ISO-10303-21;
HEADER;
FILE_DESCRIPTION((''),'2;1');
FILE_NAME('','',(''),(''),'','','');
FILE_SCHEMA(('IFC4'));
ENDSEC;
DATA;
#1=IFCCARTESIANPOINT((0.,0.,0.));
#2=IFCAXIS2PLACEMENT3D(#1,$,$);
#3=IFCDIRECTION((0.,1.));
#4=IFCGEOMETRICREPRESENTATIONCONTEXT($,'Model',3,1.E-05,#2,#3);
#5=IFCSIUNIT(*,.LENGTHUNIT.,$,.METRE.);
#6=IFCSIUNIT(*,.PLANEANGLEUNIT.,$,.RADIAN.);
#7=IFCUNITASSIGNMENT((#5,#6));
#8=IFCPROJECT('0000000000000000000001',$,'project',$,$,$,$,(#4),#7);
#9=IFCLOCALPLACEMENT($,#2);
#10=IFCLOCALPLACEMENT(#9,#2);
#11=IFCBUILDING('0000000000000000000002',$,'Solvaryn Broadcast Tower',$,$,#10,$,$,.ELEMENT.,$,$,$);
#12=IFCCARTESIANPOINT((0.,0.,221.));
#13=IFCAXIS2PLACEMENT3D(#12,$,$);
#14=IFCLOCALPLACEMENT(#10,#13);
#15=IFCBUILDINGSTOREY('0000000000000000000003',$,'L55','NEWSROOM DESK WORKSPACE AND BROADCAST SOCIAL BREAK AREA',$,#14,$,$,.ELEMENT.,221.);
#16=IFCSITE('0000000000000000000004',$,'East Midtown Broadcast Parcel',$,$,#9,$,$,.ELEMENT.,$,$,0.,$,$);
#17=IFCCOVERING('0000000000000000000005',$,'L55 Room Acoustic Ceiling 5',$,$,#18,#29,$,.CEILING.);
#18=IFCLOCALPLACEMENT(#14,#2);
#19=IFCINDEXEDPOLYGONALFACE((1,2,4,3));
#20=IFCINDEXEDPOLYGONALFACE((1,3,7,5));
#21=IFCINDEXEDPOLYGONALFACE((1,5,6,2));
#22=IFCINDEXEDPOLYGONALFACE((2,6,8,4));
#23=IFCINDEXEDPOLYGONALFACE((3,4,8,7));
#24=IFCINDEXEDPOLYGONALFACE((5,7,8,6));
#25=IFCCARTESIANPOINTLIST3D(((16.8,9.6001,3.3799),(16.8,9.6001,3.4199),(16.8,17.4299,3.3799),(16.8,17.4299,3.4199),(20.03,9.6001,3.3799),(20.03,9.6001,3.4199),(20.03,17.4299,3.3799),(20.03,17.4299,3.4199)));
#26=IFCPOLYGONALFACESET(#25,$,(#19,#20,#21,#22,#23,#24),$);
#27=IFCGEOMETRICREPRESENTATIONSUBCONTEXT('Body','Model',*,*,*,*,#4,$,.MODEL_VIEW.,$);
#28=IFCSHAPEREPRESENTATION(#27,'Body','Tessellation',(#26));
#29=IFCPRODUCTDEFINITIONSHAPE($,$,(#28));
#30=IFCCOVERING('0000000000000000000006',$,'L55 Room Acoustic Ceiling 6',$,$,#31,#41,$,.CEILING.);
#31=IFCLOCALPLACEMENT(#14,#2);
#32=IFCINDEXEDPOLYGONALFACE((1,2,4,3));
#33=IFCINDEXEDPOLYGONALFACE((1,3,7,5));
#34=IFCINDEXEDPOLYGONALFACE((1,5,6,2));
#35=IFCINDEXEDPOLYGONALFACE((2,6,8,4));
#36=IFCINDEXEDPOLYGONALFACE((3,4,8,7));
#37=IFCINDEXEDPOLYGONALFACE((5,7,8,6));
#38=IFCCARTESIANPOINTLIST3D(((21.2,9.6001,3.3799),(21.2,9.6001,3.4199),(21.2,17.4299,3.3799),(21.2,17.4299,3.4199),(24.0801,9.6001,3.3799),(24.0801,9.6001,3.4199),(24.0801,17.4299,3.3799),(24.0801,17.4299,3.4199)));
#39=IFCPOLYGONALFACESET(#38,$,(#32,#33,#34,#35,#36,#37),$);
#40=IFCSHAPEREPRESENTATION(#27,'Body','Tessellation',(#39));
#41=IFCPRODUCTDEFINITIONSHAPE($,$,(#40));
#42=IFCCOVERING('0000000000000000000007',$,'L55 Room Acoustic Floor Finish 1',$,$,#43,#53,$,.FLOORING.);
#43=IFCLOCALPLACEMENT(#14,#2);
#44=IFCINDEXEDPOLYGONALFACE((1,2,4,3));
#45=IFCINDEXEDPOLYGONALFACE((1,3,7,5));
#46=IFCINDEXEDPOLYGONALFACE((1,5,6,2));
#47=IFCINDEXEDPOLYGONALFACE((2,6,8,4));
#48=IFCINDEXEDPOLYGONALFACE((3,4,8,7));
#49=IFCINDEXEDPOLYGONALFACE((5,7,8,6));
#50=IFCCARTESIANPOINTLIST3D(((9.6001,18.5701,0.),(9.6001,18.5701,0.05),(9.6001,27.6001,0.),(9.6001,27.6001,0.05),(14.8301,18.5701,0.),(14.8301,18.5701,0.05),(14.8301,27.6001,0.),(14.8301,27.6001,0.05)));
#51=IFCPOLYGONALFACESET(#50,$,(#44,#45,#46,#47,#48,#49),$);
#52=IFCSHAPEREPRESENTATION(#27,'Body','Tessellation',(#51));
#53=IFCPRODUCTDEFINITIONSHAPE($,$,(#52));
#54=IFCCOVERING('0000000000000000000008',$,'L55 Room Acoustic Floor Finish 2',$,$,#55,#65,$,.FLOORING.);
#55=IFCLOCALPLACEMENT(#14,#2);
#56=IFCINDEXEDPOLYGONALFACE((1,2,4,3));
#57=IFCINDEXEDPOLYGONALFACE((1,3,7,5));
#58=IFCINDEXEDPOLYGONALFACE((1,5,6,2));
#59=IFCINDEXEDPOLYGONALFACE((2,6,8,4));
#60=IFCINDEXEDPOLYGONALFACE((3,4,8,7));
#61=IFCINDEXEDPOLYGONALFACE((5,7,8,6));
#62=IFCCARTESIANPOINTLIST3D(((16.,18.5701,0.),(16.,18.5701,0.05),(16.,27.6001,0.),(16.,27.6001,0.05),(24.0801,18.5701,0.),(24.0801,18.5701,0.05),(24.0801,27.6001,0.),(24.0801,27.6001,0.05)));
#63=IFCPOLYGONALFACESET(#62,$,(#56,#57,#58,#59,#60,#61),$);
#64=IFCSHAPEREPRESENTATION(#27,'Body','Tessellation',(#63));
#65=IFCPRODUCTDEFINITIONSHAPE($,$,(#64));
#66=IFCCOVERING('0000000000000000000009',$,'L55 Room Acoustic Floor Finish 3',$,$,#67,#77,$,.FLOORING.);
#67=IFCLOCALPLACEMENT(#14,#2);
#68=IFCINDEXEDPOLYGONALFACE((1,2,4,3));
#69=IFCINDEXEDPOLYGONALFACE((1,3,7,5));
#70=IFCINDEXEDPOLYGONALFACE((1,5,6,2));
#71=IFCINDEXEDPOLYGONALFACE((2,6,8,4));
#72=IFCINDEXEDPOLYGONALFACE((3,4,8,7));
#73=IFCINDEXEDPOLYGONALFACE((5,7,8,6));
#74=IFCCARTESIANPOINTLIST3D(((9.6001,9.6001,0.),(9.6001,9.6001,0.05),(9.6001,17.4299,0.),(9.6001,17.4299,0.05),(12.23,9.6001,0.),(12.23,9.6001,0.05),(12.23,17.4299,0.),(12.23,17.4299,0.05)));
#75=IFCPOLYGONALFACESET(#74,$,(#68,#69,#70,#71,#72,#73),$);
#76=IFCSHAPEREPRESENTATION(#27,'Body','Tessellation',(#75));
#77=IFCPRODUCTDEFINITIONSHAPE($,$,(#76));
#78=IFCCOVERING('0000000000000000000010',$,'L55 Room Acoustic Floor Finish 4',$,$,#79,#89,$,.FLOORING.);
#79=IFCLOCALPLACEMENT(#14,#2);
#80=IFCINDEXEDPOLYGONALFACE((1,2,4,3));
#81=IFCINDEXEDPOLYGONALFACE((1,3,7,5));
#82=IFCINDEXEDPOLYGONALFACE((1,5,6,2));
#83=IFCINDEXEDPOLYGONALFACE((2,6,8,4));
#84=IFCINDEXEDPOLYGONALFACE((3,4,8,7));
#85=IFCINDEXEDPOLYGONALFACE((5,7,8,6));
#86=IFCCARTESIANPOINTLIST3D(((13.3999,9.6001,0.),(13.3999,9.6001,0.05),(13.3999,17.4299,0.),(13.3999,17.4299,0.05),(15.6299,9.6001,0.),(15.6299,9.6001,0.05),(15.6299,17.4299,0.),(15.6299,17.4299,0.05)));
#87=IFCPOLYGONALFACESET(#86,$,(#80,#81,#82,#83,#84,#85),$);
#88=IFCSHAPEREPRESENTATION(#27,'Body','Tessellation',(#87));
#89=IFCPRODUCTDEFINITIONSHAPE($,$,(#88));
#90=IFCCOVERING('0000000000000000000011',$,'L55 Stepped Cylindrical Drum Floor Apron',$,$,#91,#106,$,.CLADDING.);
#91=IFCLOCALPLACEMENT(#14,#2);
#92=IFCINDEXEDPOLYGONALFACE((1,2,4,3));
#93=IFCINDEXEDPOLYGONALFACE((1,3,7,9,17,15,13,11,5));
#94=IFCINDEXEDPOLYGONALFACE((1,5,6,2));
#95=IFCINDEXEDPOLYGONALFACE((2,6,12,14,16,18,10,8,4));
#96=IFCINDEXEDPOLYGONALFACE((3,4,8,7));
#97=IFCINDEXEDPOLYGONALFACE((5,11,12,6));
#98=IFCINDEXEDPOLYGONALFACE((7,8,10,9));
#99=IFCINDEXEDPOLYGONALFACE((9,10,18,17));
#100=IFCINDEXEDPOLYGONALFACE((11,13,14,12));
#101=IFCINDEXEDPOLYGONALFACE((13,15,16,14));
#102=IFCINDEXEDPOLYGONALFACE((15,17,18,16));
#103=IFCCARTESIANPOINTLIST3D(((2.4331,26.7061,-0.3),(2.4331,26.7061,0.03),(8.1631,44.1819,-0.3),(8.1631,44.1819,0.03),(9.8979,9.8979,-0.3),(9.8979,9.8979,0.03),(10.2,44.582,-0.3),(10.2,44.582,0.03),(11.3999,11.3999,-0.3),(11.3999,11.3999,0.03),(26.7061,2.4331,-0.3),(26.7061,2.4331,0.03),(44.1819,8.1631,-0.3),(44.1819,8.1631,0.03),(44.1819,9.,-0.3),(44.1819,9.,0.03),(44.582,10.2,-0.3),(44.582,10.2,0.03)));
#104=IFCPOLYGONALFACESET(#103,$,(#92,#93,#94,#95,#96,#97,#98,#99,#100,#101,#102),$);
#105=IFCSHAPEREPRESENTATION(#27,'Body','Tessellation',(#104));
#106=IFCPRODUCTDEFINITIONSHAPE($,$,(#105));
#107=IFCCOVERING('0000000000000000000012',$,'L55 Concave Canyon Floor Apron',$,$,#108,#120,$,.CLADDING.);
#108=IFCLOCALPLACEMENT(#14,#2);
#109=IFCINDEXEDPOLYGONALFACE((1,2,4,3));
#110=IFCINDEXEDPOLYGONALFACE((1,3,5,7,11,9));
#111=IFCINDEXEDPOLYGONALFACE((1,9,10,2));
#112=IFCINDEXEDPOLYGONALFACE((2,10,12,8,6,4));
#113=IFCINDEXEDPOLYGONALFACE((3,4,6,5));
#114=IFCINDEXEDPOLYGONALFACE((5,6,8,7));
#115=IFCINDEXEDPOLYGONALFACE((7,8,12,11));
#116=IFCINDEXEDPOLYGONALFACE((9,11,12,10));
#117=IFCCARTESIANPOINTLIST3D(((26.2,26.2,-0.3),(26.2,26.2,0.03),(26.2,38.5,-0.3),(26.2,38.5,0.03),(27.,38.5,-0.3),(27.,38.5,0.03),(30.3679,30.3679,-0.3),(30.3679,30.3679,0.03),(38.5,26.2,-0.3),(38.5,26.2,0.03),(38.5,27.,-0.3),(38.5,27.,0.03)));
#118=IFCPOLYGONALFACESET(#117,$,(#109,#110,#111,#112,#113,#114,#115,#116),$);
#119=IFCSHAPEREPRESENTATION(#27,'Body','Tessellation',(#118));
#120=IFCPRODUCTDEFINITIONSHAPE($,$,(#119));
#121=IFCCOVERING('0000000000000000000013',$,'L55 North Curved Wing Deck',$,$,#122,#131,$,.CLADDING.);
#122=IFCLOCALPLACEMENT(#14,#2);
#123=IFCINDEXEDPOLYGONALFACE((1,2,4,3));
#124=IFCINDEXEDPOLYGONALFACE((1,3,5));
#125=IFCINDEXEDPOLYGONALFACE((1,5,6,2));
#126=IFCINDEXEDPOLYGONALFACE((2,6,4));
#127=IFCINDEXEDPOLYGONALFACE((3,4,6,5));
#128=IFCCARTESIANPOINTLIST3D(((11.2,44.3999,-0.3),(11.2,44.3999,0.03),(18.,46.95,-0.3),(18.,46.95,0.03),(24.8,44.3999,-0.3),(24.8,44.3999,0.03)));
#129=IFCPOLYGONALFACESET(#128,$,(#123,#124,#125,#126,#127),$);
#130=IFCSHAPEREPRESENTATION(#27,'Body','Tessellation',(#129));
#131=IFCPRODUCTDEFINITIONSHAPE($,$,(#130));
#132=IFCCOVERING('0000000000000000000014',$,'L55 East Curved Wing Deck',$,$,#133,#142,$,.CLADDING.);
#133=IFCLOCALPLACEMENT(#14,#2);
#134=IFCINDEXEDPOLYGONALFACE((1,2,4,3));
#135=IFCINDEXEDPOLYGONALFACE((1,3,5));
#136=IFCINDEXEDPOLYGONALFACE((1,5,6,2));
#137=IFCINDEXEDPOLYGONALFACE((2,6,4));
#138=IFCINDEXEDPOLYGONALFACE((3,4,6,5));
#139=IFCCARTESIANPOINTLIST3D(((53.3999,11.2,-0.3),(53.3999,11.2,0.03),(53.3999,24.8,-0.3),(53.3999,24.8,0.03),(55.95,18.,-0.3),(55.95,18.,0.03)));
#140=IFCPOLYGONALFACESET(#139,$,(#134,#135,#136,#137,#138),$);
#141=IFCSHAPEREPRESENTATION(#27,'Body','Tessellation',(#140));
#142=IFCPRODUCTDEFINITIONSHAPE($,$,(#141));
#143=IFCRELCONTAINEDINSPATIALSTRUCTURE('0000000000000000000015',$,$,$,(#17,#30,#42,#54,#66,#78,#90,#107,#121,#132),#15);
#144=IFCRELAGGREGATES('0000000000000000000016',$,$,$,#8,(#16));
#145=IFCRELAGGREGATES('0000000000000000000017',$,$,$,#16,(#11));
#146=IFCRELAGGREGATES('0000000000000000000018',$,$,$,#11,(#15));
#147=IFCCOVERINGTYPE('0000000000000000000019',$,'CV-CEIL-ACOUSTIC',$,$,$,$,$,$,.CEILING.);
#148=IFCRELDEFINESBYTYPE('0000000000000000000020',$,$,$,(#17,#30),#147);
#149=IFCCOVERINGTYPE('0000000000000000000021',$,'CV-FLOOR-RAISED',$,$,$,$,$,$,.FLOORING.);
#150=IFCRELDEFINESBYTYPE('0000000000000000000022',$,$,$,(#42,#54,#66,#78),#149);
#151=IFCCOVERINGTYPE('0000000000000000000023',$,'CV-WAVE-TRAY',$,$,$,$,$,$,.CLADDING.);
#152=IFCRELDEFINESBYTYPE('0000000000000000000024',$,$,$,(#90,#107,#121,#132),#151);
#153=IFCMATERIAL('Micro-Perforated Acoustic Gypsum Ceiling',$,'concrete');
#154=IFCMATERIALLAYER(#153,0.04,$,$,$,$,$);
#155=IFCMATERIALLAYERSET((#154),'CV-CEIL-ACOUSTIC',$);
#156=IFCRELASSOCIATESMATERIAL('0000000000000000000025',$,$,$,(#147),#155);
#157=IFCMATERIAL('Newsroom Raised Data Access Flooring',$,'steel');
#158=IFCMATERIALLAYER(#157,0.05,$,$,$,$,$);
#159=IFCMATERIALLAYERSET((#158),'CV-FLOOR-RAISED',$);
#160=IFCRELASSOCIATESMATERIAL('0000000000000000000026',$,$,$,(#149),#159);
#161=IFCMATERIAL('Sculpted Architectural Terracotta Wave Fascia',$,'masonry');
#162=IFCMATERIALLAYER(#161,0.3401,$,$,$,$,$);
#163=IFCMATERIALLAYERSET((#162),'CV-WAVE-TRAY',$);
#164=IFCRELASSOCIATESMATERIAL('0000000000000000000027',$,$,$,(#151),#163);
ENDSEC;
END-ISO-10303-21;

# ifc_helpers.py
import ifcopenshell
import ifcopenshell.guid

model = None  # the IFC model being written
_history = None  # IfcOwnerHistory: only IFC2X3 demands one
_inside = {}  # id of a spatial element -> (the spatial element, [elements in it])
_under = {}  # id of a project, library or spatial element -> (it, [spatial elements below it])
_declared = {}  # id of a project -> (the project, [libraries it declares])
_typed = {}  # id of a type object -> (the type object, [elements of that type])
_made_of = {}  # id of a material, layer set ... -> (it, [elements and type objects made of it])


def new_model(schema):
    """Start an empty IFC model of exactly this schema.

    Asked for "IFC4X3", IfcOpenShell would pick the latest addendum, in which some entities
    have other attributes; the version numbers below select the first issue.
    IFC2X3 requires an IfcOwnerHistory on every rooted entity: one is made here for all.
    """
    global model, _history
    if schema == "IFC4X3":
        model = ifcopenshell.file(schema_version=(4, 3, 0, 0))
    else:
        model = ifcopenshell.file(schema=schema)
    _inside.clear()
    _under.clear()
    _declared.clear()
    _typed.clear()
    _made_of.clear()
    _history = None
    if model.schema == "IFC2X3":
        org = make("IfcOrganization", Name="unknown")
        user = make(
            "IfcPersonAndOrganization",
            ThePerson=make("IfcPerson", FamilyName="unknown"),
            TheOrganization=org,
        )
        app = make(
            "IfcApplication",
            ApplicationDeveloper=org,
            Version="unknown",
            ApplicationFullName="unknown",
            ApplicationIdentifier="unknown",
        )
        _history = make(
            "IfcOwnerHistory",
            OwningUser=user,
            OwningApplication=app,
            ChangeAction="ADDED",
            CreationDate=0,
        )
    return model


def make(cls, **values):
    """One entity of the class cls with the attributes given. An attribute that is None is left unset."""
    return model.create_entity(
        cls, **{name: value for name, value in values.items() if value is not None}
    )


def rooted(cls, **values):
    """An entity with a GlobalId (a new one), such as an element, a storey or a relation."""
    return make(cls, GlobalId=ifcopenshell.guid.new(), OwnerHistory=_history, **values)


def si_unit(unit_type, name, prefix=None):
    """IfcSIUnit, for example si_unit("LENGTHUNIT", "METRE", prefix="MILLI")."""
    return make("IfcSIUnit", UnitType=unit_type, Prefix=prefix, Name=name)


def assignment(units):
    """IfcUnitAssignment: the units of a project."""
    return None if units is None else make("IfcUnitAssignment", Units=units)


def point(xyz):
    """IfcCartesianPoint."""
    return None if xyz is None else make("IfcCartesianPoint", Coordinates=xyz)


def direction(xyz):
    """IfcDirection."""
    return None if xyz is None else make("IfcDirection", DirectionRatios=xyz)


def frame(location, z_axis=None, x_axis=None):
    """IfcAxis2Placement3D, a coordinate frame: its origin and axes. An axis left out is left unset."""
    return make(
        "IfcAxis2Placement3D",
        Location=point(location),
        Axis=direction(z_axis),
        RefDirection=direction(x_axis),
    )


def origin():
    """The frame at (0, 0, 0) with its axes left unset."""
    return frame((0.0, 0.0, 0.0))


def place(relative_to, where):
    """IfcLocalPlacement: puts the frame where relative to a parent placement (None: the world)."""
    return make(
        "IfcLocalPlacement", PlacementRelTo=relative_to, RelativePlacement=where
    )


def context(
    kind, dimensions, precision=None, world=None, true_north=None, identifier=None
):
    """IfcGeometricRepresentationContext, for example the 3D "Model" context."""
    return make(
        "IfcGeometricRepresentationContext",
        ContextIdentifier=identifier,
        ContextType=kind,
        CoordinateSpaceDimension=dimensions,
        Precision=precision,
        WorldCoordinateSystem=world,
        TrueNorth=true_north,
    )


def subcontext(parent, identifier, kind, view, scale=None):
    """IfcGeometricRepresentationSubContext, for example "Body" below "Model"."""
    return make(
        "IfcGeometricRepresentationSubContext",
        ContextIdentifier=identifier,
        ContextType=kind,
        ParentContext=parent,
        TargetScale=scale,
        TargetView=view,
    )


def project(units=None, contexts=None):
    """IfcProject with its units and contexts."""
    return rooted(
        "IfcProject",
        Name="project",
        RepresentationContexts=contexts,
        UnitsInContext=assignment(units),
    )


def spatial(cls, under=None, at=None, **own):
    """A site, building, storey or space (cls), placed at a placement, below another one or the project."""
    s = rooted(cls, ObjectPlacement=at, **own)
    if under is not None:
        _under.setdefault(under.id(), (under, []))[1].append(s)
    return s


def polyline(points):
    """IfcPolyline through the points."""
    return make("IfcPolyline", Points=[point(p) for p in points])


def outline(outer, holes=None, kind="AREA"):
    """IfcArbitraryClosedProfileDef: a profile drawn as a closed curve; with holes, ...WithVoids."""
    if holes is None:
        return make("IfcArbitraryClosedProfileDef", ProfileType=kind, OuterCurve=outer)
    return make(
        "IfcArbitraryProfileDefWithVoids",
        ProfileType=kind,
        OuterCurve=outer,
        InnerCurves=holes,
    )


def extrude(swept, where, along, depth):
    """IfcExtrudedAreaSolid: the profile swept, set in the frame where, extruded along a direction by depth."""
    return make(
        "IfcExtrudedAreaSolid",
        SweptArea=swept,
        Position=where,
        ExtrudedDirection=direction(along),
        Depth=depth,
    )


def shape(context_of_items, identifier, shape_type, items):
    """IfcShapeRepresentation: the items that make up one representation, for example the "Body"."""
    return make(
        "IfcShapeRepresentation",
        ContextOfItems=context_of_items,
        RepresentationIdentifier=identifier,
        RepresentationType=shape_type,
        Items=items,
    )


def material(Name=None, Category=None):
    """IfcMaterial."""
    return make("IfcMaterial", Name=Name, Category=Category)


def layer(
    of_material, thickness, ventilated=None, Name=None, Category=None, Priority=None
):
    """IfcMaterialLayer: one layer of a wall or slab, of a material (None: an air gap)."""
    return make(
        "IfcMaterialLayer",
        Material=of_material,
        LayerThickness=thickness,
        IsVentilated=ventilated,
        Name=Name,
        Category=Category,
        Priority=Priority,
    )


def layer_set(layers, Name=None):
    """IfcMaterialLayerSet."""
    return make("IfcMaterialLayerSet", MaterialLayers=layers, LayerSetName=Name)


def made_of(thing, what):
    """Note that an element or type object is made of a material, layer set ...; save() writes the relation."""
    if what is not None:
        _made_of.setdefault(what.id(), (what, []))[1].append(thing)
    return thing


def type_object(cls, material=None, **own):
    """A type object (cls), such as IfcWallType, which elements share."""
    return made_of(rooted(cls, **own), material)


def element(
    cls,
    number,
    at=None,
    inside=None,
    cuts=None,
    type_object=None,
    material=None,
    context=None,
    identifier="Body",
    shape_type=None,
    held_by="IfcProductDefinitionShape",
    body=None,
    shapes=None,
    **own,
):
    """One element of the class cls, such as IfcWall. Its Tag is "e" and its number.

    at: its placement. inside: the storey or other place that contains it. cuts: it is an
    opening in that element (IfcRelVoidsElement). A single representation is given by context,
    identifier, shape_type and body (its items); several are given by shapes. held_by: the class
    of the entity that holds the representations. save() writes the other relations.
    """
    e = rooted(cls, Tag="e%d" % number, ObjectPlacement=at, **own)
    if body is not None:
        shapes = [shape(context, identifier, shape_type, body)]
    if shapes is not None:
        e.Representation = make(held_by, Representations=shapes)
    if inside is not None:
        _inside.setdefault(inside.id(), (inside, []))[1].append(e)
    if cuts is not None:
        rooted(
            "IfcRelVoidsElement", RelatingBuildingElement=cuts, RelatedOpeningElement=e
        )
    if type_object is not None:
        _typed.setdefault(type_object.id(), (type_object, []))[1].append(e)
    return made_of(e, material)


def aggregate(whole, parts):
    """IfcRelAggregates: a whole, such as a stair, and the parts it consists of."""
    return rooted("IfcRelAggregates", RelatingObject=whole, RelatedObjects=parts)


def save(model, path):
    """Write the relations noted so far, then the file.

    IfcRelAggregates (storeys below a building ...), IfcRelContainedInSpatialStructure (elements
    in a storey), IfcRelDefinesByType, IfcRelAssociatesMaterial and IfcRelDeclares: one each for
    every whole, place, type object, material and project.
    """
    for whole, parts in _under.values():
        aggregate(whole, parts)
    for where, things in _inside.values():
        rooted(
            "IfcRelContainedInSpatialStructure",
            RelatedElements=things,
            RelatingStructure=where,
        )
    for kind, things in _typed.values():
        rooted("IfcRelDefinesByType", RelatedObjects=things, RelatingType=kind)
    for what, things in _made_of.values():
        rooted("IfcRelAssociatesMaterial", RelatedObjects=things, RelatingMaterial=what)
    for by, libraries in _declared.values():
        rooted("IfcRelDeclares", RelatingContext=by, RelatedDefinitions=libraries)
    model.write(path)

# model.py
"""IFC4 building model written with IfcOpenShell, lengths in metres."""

from ifc_helpers import new_model, si_unit, direction, frame, origin, place, context, subcontext, project, spatial, polyline, outline, extrude, material, layer, layer_set, type_object, element, save


model = new_model("IFC4")

# Units and contexts
model_context = context("Model", 3, precision=1e-05, world=origin(), true_north=direction((0.0, 1.0)))
body_context = subcontext(model_context, "Body", "Model", "MODEL_VIEW")
ifc_project = project(units=[si_unit("LENGTHUNIT", "METRE"), si_unit("PLANEANGLEUNIT", "RADIAN")], contexts=[model_context])

# Site, building, storey
site_placement = place(None, origin())
site = spatial("IfcSite", under=ifc_project, at=site_placement, Name="East Midtown Broadcast Parcel", CompositionType="ELEMENT", RefElevation=0.0)
building_placement = place(site_placement, origin())
building = spatial("IfcBuilding", under=site, at=building_placement, Name="Solvaryn Broadcast Tower", CompositionType="ELEMENT")
storey_placement = place(building_placement, frame((0.0, 0.0, 221.0)))
storey = spatial("IfcBuildingStorey", under=building, at=storey_placement, Name="L55", Description="NEWSROOM DESK WORKSPACE AND BROADCAST SOCIAL BREAK AREA", CompositionType="ELEMENT", Elevation=221.0)

# Coverings
ifc_material_1 = material(Name="Micro-Perforated Acoustic Gypsum Ceiling", Category="concrete")
ifc_layer_1 = layer(ifc_material_1, 0.04)
ifc_layer_set_1 = layer_set([ifc_layer_1], Name="CV-CEIL-ACOUSTIC")
covering_type_1 = type_object("IfcCoveringType", Name="CV-CEIL-ACOUSTIC", PredefinedType="CEILING", material=ifc_layer_set_1)
covering_1_placement = place(storey_placement, frame((0.0, 0.0, 3.3799)))
element("IfcCovering", 1, at=covering_1_placement, inside=storey, type_object=covering_type_1, Name="L55 Room Acoustic Ceiling 5", PredefinedType="CEILING", context=body_context, shape_type="SweptSolid", body=[
    extrude(outline(polyline([(16.8, 9.6001), (20.03, 9.6001), (20.03, 17.4299), (16.8, 17.4299), (16.8, 9.6001)])), origin(), (0.0, 0.0, 1.0), 0.04),
])
covering_2_placement = place(storey_placement, frame((0.0, 0.0, 3.3799)))
element("IfcCovering", 2, at=covering_2_placement, inside=storey, type_object=covering_type_1, Name="L55 Room Acoustic Ceiling 6", PredefinedType="CEILING", context=body_context, shape_type="SweptSolid", body=[
    extrude(outline(polyline([(21.2, 9.6001), (24.0801, 9.6001), (24.0801, 17.4299), (21.2, 17.4299), (21.2, 9.6001)])), origin(), (0.0, 0.0, 1.0), 0.04),
])
ifc_material_2 = material(Name="Newsroom Raised Data Access Flooring", Category="steel")
ifc_layer_2 = layer(ifc_material_2, 0.05)
ifc_layer_set_2 = layer_set([ifc_layer_2], Name="CV-FLOOR-RAISED")
covering_type_2 = type_object("IfcCoveringType", Name="CV-FLOOR-RAISED", PredefinedType="FLOORING", material=ifc_layer_set_2)
covering_3_placement = place(storey_placement, origin())
element("IfcCovering", 3, at=covering_3_placement, inside=storey, type_object=covering_type_2, Name="L55 Room Acoustic Floor Finish 1", PredefinedType="FLOORING", context=body_context, shape_type="SweptSolid", body=[
    extrude(outline(polyline([(9.6001, 18.5701), (14.8301, 18.5701), (14.8301, 27.6001), (9.6001, 27.6001), (9.6001, 18.5701)])), origin(), (0.0, 0.0, 1.0), 0.05),
])
covering_4_placement = place(storey_placement, origin())
element("IfcCovering", 4, at=covering_4_placement, inside=storey, type_object=covering_type_2, Name="L55 Room Acoustic Floor Finish 2", PredefinedType="FLOORING", context=body_context, shape_type="SweptSolid", body=[
    extrude(outline(polyline([(16.0, 18.5701), (24.0801, 18.5701), (24.0801, 27.6001), (16.0, 27.6001), (16.0, 18.5701)])), origin(), (0.0, 0.0, 1.0), 0.05),
])
covering_5_placement = place(storey_placement, origin())
element("IfcCovering", 5, at=covering_5_placement, inside=storey, type_object=covering_type_2, Name="L55 Room Acoustic Floor Finish 3", PredefinedType="FLOORING", context=body_context, shape_type="SweptSolid", body=[
    extrude(outline(polyline([(9.6001, 9.6001), (12.23, 9.6001), (12.23, 17.4299), (9.6001, 17.4299), (9.6001, 9.6001)])), origin(), (0.0, 0.0, 1.0), 0.05),
])
covering_6_placement = place(storey_placement, origin())
element("IfcCovering", 6, at=covering_6_placement, inside=storey, type_object=covering_type_2, Name="L55 Room Acoustic Floor Finish 4", PredefinedType="FLOORING", context=body_context, shape_type="SweptSolid", body=[
    extrude(outline(polyline([(13.3999, 9.6001), (15.6299, 9.6001), (15.6299, 17.4299), (13.3999, 17.4299), (13.3999, 9.6001)])), origin(), (0.0, 0.0, 1.0), 0.05),
])
ifc_material_3 = material(Name="Sculpted Architectural Terracotta Wave Fascia", Category="masonry")
ifc_layer_3 = layer(ifc_material_3, 0.3401)
ifc_layer_set_3 = layer_set([ifc_layer_3], Name="CV-WAVE-TRAY")
covering_type_3 = type_object("IfcCoveringType", Name="CV-WAVE-TRAY", PredefinedType="CLADDING", material=ifc_layer_set_3)
covering_7_placement = place(storey_placement, frame((0.0, 0.0, -0.3)))
element("IfcCovering", 7, at=covering_7_placement, inside=storey, type_object=covering_type_3, Name="L55 Stepped Cylindrical Drum Floor Apron", PredefinedType="CLADDING", context=body_context, shape_type="SweptSolid", body=[
    extrude(outline(polyline([(10.2, 44.582), (8.1631, 44.1819), (2.4331, 26.7061), (9.8979, 9.8979), (26.7061, 2.4331), (44.1819, 8.1631), (44.1819, 9.0), (44.582, 10.2), (11.3999, 11.3999), (10.2, 44.582)])), origin(), (0.0, 0.0, 1.0), 0.3301),
])
covering_8_placement = place(storey_placement, frame((0.0, 0.0, -0.3)))
element("IfcCovering", 8, at=covering_8_placement, inside=storey, type_object=covering_type_3, Name="L55 Concave Canyon Floor Apron", PredefinedType="CLADDING", context=body_context, shape_type="SweptSolid", body=[
    extrude(outline(polyline([(26.2, 26.2), (38.5, 26.2), (38.5, 27.0), (30.3679, 30.3679), (27.0, 38.5), (26.2, 38.5), (26.2, 26.2)])), origin(), (0.0, 0.0, 1.0), 0.3301),
])
covering_9_placement = place(storey_placement, frame((0.0, 0.0, -0.3)))
element("IfcCovering", 9, at=covering_9_placement, inside=storey, type_object=covering_type_3, Name="L55 North Curved Wing Deck", PredefinedType="CLADDING", context=body_context, shape_type="SweptSolid", body=[
    extrude(outline(polyline([(11.2, 44.3999), (24.8, 44.3999), (18.0, 46.95), (11.2, 44.3999)])), origin(), (0.0, 0.0, 1.0), 0.3301),
])
covering_10_placement = place(storey_placement, frame((0.0, 0.0, -0.3)))
element("IfcCovering", 10, at=covering_10_placement, inside=storey, type_object=covering_type_3, Name="L55 East Curved Wing Deck", PredefinedType="CLADDING", context=body_context, shape_type="SweptSolid", body=[
    extrude(outline(polyline([(53.3999, 11.2), (55.95, 18.0), (53.3999, 24.8), (53.3999, 11.2)])), origin(), (0.0, 0.0, 1.0), 0.3301),
])

save(model, "model.ifc")
